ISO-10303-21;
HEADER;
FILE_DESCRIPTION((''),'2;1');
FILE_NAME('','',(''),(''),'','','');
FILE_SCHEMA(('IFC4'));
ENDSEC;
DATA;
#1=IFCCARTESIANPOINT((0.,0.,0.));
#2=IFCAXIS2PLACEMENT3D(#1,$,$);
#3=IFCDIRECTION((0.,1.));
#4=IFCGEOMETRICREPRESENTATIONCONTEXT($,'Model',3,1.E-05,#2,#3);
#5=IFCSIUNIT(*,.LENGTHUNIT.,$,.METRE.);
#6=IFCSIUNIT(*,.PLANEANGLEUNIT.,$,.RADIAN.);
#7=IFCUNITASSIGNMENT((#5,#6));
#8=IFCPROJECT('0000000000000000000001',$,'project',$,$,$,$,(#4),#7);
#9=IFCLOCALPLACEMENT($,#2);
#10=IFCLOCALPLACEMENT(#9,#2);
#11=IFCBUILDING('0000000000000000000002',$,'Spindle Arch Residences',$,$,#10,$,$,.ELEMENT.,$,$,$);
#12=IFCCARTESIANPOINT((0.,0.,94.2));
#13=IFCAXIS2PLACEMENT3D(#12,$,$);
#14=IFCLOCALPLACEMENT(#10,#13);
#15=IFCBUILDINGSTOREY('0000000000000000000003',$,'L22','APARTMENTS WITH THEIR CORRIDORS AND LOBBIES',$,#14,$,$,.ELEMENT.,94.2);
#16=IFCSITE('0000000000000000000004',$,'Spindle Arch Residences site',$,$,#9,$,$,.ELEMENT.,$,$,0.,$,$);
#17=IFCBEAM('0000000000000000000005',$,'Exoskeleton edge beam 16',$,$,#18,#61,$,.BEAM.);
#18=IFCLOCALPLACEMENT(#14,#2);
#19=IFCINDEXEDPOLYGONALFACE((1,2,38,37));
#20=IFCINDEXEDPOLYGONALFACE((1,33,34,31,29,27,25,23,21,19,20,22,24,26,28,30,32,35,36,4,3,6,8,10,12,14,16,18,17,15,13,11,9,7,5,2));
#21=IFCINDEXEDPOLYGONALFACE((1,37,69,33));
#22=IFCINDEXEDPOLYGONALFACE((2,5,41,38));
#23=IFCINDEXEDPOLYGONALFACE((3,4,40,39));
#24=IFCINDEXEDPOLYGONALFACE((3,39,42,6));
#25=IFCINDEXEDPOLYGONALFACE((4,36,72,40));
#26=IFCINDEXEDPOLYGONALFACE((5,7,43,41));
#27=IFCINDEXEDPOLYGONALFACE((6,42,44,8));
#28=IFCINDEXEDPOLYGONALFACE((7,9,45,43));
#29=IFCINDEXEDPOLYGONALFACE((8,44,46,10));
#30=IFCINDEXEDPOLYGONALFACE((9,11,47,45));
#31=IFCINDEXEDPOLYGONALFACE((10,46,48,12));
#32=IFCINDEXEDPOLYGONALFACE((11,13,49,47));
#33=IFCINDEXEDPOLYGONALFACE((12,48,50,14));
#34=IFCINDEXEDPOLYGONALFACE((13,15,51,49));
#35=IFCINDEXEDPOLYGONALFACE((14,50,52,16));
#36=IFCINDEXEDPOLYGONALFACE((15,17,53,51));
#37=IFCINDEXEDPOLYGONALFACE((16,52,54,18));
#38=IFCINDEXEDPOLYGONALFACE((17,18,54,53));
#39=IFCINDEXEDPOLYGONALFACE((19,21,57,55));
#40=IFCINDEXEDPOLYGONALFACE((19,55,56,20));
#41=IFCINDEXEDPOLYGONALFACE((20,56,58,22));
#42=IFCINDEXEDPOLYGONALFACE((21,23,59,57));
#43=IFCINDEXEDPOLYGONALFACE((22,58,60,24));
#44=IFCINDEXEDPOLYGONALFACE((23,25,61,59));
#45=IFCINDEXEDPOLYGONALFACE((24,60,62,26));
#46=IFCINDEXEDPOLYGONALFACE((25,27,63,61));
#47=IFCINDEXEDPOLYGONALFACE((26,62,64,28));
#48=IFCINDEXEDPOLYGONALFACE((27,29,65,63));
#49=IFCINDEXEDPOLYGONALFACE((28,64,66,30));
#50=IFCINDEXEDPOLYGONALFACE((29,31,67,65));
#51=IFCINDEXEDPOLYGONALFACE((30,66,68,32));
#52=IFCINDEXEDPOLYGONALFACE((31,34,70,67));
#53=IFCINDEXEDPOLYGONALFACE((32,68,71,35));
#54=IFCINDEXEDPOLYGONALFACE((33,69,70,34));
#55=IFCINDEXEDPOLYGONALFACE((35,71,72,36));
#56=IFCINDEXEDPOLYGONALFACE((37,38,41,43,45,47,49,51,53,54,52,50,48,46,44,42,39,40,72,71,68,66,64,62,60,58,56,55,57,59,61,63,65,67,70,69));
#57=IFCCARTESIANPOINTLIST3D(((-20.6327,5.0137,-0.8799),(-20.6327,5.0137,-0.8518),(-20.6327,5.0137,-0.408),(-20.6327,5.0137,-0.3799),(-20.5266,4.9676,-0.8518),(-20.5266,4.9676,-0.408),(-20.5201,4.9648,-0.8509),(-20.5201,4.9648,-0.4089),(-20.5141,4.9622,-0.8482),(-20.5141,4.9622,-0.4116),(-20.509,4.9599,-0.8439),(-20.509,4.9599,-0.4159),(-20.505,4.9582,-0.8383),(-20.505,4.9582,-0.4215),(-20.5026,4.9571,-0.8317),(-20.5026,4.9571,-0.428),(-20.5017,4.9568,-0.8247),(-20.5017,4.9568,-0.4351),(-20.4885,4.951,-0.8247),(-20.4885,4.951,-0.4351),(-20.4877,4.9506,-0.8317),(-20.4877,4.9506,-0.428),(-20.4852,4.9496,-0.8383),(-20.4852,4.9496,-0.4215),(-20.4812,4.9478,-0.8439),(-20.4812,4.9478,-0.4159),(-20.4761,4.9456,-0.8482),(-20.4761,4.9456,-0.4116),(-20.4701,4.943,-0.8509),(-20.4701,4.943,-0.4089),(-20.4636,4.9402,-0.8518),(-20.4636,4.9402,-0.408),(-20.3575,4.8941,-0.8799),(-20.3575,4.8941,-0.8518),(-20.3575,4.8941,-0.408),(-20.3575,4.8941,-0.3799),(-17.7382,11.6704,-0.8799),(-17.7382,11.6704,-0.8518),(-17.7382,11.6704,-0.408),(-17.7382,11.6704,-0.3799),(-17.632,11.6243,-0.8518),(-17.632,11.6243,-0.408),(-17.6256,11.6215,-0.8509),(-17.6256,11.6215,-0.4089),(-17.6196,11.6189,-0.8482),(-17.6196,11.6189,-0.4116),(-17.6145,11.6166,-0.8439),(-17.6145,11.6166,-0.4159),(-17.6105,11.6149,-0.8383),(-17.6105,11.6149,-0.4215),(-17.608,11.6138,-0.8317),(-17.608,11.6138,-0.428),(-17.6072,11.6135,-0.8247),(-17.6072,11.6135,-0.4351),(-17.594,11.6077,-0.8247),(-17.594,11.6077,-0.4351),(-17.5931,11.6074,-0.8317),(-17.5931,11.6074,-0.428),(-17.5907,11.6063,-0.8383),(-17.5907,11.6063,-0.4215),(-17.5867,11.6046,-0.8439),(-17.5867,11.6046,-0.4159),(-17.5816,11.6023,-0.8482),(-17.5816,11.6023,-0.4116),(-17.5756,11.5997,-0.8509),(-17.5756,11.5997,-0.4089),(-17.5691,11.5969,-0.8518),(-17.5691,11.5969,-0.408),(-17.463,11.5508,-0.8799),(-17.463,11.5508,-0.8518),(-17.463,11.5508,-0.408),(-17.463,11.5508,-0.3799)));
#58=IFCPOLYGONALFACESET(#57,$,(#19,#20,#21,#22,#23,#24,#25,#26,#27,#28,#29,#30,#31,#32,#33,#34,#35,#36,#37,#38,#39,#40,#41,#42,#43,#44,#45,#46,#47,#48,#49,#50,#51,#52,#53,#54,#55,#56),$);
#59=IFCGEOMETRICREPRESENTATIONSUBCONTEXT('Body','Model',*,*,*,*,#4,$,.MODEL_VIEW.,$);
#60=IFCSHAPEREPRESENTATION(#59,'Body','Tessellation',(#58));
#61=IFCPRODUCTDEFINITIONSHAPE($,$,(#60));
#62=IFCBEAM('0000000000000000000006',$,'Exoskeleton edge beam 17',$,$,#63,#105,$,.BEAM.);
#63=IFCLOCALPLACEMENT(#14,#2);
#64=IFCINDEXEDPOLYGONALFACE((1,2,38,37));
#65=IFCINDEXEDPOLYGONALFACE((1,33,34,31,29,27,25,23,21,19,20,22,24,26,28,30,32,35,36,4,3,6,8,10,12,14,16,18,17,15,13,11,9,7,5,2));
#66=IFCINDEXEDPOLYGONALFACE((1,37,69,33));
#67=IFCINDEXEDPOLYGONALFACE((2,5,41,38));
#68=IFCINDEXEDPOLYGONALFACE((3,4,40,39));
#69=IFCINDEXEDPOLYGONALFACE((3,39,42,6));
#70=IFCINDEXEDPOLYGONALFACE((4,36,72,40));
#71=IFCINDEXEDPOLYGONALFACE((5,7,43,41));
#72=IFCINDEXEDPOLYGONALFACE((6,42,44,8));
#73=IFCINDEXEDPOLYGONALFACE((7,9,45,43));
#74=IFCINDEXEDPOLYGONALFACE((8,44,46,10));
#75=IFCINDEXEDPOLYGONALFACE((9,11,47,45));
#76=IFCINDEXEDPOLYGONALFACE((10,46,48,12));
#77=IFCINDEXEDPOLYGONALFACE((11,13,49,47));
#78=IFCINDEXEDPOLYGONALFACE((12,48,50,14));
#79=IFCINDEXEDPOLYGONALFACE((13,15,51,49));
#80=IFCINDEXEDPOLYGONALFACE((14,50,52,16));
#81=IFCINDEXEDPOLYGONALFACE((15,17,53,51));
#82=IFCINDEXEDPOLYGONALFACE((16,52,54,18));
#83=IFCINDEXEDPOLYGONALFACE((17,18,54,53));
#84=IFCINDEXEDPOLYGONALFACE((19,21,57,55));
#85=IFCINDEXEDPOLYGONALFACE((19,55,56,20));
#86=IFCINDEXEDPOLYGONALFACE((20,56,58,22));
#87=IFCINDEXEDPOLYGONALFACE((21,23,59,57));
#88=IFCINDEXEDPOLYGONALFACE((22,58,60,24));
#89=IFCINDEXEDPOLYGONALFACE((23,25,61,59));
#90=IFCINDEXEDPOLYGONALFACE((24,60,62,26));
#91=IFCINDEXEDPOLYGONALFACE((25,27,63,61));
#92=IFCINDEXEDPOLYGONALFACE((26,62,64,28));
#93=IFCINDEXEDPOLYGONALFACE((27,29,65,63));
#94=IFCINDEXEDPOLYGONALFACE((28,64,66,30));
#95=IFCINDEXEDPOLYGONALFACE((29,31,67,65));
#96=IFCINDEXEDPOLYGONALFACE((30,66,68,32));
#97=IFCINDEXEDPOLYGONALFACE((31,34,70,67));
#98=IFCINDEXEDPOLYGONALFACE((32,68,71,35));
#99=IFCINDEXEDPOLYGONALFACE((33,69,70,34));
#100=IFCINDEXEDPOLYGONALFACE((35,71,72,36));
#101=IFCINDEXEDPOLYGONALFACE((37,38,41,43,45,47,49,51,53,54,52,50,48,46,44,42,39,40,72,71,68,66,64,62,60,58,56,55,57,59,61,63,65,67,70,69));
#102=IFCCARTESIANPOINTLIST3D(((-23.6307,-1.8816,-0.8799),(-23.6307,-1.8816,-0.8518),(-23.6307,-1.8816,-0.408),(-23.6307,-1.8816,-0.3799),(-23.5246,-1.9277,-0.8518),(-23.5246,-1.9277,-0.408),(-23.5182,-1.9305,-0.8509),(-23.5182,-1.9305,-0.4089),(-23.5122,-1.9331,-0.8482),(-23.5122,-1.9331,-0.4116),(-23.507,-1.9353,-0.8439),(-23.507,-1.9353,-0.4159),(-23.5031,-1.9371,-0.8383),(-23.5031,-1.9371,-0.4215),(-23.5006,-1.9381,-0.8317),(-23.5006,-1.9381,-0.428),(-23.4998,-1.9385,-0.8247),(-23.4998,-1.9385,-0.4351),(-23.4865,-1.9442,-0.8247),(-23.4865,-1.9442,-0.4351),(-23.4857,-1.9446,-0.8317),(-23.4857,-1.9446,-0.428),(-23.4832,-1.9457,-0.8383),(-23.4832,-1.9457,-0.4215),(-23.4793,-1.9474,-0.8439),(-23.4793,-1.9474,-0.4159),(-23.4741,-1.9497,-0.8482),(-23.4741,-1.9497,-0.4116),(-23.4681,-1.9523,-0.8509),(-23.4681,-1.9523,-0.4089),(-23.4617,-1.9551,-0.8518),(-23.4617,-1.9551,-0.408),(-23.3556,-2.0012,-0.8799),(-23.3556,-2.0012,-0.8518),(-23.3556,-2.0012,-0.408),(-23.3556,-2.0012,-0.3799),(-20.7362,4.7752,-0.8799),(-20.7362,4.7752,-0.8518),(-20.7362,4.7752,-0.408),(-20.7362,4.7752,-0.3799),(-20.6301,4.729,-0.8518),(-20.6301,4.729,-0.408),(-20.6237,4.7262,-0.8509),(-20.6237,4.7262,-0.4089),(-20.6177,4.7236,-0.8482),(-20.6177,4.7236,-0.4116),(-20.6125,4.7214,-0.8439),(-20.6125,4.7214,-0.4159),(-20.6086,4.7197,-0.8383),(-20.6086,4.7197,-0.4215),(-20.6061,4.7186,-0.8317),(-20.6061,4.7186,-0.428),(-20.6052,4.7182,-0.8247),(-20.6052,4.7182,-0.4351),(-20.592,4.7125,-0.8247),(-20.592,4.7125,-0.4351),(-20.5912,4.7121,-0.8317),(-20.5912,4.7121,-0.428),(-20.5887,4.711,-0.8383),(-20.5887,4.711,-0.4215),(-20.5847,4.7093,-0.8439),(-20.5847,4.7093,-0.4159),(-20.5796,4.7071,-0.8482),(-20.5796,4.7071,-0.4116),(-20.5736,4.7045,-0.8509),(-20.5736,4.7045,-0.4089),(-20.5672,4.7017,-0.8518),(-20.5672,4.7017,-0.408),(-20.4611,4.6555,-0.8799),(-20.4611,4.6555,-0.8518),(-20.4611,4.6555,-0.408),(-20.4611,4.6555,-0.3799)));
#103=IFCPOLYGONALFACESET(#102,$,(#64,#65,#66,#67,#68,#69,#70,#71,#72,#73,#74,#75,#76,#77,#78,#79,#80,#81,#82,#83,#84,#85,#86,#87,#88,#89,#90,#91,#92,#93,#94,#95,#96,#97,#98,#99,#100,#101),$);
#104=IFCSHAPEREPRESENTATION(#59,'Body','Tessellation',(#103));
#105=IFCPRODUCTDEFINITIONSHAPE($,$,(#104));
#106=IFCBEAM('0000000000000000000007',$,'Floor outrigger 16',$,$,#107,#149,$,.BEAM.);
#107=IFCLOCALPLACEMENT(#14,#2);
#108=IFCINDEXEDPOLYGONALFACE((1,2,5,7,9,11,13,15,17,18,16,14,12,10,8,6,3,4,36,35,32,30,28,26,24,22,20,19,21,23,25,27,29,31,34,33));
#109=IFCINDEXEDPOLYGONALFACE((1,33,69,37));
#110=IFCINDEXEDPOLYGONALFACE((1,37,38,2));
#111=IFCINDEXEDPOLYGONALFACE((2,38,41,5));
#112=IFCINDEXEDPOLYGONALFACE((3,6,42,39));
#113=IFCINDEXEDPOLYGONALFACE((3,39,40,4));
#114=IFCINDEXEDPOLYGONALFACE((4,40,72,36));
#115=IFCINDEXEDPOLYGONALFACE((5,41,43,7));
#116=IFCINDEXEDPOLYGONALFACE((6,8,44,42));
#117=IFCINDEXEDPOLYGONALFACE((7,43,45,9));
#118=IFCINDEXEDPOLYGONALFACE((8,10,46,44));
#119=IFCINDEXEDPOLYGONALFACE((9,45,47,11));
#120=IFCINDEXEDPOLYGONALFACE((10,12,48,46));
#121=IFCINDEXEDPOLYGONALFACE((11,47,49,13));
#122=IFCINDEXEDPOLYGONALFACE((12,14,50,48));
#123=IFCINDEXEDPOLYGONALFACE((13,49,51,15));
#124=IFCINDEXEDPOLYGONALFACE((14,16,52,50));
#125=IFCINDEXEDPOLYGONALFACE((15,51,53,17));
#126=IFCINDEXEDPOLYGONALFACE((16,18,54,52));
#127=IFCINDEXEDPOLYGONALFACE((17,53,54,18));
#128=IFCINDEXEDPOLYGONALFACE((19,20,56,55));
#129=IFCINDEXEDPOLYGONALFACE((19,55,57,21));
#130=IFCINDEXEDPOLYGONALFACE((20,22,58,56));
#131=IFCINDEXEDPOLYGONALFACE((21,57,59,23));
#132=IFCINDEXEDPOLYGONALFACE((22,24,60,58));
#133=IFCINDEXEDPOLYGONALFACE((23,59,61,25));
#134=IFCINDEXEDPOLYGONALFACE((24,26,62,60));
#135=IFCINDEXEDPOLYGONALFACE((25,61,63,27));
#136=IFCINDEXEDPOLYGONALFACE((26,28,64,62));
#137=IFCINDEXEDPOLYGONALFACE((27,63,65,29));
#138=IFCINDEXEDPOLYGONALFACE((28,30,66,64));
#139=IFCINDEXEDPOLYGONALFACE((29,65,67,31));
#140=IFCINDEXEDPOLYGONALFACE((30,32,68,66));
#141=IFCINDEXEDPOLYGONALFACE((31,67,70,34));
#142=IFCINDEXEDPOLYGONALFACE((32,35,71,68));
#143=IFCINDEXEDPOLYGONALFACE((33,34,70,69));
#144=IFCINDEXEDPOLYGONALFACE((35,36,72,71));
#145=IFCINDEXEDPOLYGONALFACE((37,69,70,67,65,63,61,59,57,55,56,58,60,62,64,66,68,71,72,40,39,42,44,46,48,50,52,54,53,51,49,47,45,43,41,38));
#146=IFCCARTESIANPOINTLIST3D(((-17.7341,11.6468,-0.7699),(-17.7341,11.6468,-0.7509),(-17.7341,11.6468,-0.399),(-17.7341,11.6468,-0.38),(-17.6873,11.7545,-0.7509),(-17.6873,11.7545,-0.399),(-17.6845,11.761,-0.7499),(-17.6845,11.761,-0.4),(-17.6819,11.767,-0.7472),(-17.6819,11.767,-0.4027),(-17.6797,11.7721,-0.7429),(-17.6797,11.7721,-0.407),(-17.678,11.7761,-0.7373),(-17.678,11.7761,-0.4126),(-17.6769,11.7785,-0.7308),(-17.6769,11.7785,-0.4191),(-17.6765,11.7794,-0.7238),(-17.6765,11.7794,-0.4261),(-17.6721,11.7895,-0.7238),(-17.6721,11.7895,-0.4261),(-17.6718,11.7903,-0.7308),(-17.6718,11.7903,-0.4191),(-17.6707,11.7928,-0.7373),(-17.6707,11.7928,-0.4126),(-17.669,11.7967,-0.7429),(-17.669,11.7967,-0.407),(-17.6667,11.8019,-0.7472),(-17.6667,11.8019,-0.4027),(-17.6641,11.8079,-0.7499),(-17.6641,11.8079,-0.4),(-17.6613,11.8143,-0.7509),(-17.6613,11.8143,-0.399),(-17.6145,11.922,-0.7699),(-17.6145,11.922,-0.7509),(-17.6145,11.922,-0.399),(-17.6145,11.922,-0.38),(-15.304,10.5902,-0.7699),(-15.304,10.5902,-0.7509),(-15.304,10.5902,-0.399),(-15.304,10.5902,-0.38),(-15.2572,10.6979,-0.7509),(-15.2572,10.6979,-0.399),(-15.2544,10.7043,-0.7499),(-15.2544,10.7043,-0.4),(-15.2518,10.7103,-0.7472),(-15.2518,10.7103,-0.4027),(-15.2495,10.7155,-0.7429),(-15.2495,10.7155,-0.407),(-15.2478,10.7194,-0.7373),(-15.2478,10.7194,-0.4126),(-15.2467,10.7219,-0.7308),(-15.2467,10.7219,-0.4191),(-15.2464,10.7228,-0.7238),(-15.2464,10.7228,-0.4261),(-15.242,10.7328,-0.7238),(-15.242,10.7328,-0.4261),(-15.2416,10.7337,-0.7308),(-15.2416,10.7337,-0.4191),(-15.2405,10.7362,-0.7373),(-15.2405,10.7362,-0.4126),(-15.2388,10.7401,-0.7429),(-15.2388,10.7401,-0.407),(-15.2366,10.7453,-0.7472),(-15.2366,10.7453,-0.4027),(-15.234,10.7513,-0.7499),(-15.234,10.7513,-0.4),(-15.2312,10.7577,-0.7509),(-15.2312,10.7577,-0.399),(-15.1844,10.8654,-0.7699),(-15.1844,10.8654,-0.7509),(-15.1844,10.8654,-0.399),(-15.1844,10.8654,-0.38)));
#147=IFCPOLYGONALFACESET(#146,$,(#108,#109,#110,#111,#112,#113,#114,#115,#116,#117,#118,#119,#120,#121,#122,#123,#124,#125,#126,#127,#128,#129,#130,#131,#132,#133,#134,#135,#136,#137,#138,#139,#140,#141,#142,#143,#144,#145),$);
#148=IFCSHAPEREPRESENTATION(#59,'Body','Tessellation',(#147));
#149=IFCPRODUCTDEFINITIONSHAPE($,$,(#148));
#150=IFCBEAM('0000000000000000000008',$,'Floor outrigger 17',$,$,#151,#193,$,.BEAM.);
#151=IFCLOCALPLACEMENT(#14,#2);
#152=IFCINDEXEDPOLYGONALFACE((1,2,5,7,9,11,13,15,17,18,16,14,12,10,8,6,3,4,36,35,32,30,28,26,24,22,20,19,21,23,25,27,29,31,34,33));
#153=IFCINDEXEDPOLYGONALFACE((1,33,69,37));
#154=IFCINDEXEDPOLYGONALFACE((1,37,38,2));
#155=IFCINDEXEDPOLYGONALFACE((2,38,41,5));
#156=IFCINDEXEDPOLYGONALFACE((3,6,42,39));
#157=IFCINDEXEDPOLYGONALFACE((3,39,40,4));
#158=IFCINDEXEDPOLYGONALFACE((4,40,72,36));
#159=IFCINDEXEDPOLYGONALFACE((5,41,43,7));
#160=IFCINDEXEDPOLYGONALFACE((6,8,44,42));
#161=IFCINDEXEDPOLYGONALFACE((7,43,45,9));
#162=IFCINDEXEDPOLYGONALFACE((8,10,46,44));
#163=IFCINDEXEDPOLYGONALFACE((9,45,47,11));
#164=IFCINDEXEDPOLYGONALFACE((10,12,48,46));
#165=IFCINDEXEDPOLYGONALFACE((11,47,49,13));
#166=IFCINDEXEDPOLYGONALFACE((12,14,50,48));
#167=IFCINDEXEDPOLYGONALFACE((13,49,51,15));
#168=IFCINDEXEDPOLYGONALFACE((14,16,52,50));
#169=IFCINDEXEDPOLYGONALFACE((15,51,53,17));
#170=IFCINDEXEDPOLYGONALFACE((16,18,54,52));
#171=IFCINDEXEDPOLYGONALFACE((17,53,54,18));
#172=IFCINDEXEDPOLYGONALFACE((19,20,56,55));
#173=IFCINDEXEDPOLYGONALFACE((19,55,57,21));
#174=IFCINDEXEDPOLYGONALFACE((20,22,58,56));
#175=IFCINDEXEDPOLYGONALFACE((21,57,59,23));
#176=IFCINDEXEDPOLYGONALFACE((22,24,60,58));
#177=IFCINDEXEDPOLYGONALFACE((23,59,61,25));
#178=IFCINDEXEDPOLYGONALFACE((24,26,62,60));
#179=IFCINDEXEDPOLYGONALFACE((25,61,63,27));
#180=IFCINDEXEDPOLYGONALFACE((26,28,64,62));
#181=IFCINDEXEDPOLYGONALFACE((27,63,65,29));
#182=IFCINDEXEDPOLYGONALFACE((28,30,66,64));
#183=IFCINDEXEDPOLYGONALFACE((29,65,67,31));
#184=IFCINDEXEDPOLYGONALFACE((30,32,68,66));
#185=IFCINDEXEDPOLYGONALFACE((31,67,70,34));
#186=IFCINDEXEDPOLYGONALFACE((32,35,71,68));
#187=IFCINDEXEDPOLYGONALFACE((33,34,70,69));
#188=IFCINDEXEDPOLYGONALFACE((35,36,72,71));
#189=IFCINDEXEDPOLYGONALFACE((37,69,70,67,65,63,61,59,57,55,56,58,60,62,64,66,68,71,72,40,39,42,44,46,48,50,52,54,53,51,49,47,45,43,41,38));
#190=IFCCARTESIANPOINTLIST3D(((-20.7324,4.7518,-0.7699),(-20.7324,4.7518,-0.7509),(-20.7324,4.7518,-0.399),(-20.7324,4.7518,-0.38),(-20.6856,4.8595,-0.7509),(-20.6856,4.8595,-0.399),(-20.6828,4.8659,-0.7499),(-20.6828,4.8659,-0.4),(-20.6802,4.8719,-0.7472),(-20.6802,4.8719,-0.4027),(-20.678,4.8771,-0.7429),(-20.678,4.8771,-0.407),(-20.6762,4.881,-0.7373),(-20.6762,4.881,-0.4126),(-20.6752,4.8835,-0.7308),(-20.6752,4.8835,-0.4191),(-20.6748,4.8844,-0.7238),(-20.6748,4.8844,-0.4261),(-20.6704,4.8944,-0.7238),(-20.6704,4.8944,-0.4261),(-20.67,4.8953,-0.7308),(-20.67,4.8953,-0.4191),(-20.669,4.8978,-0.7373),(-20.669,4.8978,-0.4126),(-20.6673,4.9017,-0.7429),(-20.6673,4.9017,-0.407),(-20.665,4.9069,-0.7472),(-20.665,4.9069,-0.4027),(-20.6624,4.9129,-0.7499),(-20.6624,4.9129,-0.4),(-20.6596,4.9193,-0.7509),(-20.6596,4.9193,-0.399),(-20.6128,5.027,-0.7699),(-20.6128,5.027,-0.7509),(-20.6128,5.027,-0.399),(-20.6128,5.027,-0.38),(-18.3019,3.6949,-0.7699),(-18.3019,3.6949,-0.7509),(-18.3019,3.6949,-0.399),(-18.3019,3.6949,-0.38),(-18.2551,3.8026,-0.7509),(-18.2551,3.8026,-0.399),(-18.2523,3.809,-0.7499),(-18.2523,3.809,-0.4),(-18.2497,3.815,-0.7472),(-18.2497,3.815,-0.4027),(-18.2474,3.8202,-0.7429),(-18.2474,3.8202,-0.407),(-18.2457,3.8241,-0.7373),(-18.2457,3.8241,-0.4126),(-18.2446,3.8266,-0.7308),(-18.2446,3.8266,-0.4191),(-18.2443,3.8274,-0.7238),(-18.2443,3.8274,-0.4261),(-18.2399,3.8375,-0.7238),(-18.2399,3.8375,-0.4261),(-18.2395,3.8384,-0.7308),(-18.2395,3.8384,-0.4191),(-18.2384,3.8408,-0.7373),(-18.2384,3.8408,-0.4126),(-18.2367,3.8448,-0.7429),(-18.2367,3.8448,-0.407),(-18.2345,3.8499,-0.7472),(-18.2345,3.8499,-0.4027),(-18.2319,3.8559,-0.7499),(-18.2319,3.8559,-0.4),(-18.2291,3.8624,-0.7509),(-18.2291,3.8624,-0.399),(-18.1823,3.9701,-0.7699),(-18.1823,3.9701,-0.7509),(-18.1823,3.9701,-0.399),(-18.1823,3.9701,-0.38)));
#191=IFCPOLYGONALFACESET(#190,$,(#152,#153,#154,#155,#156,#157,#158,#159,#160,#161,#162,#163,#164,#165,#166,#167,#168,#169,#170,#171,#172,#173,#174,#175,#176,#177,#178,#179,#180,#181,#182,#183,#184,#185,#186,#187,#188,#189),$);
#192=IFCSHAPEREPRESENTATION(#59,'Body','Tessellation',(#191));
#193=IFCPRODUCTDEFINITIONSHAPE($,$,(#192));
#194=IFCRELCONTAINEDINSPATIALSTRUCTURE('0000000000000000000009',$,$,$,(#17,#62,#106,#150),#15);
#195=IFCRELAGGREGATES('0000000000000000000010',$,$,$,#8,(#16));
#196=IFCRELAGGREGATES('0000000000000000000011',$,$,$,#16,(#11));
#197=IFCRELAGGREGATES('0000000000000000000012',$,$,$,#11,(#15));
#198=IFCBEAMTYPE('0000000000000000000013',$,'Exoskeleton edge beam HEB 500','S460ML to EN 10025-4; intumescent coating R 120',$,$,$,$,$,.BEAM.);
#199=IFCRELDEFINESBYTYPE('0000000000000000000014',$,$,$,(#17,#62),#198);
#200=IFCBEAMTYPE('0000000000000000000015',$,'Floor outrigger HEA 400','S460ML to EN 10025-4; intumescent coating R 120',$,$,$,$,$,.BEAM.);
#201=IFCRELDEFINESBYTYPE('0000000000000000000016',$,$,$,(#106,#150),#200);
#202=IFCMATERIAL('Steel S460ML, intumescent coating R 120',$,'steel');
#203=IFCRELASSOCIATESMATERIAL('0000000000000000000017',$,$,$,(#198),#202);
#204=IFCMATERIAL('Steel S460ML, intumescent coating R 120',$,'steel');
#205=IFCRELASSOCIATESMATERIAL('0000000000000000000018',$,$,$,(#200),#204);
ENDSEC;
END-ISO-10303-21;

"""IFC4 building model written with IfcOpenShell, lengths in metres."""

from ifc_helpers import new_model, si_unit, direction, frame, origin, origin_2d, place, context, subcontext, project, spatial, i_section, extrude, material, material_profile, profile_set, type_object, element, save


model = new_model("IFC4")

# Units and contexts
model_context = context("Model", 3, precision=1e-05, world=origin(), true_north=direction((0.0, 1.0)))
body_context = subcontext(model_context, "Body", "Model", "MODEL_VIEW")
ifc_project = project(units=[si_unit("LENGTHUNIT", "METRE"), si_unit("PLANEANGLEUNIT", "RADIAN")], contexts=[model_context])

# Site, building, storey
site_placement = place(None, origin())
site = spatial("IfcSite", under=ifc_project, at=site_placement, Name="Spindle Arch Residences site", CompositionType="ELEMENT", RefElevation=0.0)
building_placement = place(site_placement, origin())
building = spatial("IfcBuilding", under=site, at=building_placement, Name="Spindle Arch Residences", CompositionType="ELEMENT")
storey_placement = place(building_placement, frame((0.0, 0.0, 94.2)))
storey = spatial("IfcBuildingStorey", under=building, at=storey_placement, Name="L22", Description="APARTMENTS WITH THEIR CORRIDORS AND LOBBIES", CompositionType="ELEMENT", Elevation=94.2)

# Beams
ifc_material_1 = material(Name="Steel S460ML, intumescent coating R 120", Category="steel")
ifc_material_profile_1 = material_profile(ifc_material_1, i_section(OverallWidth=0.3, OverallDepth=0.5, WebThickness=0.0144, FlangeThickness=0.0281, FilletRadius=0.0271, at=origin_2d()), Name="HEB 500")
ifc_profile_set_1 = profile_set([ifc_material_profile_1], Name="Steel S460ML, intumescent coating R 120")
beam_type_1 = type_object("IfcBeamType", Name="Exoskeleton edge beam HEB 500", Description="S460ML to EN 10025-4; intumescent coating R 120", PredefinedType="BEAM", material=ifc_profile_set_1)
for number, where, z_axis, x_axis, name in (
    (1, (-17.6006, 11.6106, -0.6299), (-0.398761, -0.917055, 0.0), (0.917055, -0.398761, 0.0), "Exoskeleton edge beam 16"),
    (2, (-20.5986, 4.7153, -0.6299), (-0.398761, -0.917055, 0.0), (0.917055, -0.398761, 0.0), "Exoskeleton edge beam 17"),
):
    element("IfcBeam", number, at=place(storey_placement, frame(where, z_axis=z_axis, x_axis=x_axis)), inside=storey, type_object=beam_type_1, Name=name, PredefinedType="BEAM", context=body_context, shape_type="SweptSolid", body=[
        extrude(i_section(OverallWidth=0.3, OverallDepth=0.5, WebThickness=0.0144, FlangeThickness=0.0281, FilletRadius=0.0271, at=origin_2d()), origin(), (0.0, 0.0, 1.0), 7.2588),
    ])
ifc_material_2 = material(Name="Steel S460ML, intumescent coating R 120", Category="steel")
ifc_material_profile_2 = material_profile(ifc_material_2, i_section(OverallWidth=0.3, OverallDepth=0.3899, WebThickness=0.011, FlangeThickness=0.019, FilletRadius=0.0271, at=origin_2d()), Name="HEA 400")
ifc_profile_set_2 = profile_set([ifc_material_profile_2], Name="Steel S460ML, intumescent coating R 120")
beam_type_2 = type_object("IfcBeamType", Name="Floor outrigger HEA 400", Description="S460ML to EN 10025-4; intumescent coating R 120", PredefinedType="BEAM", material=ifc_profile_set_2)
beam_1_placement = place(storey_placement, frame((-17.6743, 11.7844, -0.575), z_axis=(0.917064, -0.39874, 0.0), x_axis=(0.39874, 0.917064, 0.0)))
element("IfcBeam", 3, at=beam_1_placement, inside=storey, type_object=beam_type_2, Name="Floor outrigger 16", PredefinedType="BEAM", context=body_context, shape_type="SweptSolid", body=[
    extrude(i_section(OverallWidth=0.3, OverallDepth=0.3899, WebThickness=0.011, FlangeThickness=0.019, FilletRadius=0.0271, at=origin_2d()), origin(), (0.0, 0.0, 1.0), 2.6499),
])
beam_2_placement = place(storey_placement, frame((-20.6726, 4.8894, -0.575), z_axis=(0.917045, -0.398783, 0.0), x_axis=(0.398783, 0.917045, 0.0)))
element("IfcBeam", 4, at=beam_2_placement, inside=storey, type_object=beam_type_2, Name="Floor outrigger 17", PredefinedType="BEAM", context=body_context, shape_type="SweptSolid", body=[
    extrude(i_section(OverallWidth=0.3, OverallDepth=0.3899, WebThickness=0.011, FlangeThickness=0.019, FilletRadius=0.0271, at=origin_2d()), origin(), (0.0, 0.0, 1.0), 2.6504),
])

save(model, "model.ifc")
